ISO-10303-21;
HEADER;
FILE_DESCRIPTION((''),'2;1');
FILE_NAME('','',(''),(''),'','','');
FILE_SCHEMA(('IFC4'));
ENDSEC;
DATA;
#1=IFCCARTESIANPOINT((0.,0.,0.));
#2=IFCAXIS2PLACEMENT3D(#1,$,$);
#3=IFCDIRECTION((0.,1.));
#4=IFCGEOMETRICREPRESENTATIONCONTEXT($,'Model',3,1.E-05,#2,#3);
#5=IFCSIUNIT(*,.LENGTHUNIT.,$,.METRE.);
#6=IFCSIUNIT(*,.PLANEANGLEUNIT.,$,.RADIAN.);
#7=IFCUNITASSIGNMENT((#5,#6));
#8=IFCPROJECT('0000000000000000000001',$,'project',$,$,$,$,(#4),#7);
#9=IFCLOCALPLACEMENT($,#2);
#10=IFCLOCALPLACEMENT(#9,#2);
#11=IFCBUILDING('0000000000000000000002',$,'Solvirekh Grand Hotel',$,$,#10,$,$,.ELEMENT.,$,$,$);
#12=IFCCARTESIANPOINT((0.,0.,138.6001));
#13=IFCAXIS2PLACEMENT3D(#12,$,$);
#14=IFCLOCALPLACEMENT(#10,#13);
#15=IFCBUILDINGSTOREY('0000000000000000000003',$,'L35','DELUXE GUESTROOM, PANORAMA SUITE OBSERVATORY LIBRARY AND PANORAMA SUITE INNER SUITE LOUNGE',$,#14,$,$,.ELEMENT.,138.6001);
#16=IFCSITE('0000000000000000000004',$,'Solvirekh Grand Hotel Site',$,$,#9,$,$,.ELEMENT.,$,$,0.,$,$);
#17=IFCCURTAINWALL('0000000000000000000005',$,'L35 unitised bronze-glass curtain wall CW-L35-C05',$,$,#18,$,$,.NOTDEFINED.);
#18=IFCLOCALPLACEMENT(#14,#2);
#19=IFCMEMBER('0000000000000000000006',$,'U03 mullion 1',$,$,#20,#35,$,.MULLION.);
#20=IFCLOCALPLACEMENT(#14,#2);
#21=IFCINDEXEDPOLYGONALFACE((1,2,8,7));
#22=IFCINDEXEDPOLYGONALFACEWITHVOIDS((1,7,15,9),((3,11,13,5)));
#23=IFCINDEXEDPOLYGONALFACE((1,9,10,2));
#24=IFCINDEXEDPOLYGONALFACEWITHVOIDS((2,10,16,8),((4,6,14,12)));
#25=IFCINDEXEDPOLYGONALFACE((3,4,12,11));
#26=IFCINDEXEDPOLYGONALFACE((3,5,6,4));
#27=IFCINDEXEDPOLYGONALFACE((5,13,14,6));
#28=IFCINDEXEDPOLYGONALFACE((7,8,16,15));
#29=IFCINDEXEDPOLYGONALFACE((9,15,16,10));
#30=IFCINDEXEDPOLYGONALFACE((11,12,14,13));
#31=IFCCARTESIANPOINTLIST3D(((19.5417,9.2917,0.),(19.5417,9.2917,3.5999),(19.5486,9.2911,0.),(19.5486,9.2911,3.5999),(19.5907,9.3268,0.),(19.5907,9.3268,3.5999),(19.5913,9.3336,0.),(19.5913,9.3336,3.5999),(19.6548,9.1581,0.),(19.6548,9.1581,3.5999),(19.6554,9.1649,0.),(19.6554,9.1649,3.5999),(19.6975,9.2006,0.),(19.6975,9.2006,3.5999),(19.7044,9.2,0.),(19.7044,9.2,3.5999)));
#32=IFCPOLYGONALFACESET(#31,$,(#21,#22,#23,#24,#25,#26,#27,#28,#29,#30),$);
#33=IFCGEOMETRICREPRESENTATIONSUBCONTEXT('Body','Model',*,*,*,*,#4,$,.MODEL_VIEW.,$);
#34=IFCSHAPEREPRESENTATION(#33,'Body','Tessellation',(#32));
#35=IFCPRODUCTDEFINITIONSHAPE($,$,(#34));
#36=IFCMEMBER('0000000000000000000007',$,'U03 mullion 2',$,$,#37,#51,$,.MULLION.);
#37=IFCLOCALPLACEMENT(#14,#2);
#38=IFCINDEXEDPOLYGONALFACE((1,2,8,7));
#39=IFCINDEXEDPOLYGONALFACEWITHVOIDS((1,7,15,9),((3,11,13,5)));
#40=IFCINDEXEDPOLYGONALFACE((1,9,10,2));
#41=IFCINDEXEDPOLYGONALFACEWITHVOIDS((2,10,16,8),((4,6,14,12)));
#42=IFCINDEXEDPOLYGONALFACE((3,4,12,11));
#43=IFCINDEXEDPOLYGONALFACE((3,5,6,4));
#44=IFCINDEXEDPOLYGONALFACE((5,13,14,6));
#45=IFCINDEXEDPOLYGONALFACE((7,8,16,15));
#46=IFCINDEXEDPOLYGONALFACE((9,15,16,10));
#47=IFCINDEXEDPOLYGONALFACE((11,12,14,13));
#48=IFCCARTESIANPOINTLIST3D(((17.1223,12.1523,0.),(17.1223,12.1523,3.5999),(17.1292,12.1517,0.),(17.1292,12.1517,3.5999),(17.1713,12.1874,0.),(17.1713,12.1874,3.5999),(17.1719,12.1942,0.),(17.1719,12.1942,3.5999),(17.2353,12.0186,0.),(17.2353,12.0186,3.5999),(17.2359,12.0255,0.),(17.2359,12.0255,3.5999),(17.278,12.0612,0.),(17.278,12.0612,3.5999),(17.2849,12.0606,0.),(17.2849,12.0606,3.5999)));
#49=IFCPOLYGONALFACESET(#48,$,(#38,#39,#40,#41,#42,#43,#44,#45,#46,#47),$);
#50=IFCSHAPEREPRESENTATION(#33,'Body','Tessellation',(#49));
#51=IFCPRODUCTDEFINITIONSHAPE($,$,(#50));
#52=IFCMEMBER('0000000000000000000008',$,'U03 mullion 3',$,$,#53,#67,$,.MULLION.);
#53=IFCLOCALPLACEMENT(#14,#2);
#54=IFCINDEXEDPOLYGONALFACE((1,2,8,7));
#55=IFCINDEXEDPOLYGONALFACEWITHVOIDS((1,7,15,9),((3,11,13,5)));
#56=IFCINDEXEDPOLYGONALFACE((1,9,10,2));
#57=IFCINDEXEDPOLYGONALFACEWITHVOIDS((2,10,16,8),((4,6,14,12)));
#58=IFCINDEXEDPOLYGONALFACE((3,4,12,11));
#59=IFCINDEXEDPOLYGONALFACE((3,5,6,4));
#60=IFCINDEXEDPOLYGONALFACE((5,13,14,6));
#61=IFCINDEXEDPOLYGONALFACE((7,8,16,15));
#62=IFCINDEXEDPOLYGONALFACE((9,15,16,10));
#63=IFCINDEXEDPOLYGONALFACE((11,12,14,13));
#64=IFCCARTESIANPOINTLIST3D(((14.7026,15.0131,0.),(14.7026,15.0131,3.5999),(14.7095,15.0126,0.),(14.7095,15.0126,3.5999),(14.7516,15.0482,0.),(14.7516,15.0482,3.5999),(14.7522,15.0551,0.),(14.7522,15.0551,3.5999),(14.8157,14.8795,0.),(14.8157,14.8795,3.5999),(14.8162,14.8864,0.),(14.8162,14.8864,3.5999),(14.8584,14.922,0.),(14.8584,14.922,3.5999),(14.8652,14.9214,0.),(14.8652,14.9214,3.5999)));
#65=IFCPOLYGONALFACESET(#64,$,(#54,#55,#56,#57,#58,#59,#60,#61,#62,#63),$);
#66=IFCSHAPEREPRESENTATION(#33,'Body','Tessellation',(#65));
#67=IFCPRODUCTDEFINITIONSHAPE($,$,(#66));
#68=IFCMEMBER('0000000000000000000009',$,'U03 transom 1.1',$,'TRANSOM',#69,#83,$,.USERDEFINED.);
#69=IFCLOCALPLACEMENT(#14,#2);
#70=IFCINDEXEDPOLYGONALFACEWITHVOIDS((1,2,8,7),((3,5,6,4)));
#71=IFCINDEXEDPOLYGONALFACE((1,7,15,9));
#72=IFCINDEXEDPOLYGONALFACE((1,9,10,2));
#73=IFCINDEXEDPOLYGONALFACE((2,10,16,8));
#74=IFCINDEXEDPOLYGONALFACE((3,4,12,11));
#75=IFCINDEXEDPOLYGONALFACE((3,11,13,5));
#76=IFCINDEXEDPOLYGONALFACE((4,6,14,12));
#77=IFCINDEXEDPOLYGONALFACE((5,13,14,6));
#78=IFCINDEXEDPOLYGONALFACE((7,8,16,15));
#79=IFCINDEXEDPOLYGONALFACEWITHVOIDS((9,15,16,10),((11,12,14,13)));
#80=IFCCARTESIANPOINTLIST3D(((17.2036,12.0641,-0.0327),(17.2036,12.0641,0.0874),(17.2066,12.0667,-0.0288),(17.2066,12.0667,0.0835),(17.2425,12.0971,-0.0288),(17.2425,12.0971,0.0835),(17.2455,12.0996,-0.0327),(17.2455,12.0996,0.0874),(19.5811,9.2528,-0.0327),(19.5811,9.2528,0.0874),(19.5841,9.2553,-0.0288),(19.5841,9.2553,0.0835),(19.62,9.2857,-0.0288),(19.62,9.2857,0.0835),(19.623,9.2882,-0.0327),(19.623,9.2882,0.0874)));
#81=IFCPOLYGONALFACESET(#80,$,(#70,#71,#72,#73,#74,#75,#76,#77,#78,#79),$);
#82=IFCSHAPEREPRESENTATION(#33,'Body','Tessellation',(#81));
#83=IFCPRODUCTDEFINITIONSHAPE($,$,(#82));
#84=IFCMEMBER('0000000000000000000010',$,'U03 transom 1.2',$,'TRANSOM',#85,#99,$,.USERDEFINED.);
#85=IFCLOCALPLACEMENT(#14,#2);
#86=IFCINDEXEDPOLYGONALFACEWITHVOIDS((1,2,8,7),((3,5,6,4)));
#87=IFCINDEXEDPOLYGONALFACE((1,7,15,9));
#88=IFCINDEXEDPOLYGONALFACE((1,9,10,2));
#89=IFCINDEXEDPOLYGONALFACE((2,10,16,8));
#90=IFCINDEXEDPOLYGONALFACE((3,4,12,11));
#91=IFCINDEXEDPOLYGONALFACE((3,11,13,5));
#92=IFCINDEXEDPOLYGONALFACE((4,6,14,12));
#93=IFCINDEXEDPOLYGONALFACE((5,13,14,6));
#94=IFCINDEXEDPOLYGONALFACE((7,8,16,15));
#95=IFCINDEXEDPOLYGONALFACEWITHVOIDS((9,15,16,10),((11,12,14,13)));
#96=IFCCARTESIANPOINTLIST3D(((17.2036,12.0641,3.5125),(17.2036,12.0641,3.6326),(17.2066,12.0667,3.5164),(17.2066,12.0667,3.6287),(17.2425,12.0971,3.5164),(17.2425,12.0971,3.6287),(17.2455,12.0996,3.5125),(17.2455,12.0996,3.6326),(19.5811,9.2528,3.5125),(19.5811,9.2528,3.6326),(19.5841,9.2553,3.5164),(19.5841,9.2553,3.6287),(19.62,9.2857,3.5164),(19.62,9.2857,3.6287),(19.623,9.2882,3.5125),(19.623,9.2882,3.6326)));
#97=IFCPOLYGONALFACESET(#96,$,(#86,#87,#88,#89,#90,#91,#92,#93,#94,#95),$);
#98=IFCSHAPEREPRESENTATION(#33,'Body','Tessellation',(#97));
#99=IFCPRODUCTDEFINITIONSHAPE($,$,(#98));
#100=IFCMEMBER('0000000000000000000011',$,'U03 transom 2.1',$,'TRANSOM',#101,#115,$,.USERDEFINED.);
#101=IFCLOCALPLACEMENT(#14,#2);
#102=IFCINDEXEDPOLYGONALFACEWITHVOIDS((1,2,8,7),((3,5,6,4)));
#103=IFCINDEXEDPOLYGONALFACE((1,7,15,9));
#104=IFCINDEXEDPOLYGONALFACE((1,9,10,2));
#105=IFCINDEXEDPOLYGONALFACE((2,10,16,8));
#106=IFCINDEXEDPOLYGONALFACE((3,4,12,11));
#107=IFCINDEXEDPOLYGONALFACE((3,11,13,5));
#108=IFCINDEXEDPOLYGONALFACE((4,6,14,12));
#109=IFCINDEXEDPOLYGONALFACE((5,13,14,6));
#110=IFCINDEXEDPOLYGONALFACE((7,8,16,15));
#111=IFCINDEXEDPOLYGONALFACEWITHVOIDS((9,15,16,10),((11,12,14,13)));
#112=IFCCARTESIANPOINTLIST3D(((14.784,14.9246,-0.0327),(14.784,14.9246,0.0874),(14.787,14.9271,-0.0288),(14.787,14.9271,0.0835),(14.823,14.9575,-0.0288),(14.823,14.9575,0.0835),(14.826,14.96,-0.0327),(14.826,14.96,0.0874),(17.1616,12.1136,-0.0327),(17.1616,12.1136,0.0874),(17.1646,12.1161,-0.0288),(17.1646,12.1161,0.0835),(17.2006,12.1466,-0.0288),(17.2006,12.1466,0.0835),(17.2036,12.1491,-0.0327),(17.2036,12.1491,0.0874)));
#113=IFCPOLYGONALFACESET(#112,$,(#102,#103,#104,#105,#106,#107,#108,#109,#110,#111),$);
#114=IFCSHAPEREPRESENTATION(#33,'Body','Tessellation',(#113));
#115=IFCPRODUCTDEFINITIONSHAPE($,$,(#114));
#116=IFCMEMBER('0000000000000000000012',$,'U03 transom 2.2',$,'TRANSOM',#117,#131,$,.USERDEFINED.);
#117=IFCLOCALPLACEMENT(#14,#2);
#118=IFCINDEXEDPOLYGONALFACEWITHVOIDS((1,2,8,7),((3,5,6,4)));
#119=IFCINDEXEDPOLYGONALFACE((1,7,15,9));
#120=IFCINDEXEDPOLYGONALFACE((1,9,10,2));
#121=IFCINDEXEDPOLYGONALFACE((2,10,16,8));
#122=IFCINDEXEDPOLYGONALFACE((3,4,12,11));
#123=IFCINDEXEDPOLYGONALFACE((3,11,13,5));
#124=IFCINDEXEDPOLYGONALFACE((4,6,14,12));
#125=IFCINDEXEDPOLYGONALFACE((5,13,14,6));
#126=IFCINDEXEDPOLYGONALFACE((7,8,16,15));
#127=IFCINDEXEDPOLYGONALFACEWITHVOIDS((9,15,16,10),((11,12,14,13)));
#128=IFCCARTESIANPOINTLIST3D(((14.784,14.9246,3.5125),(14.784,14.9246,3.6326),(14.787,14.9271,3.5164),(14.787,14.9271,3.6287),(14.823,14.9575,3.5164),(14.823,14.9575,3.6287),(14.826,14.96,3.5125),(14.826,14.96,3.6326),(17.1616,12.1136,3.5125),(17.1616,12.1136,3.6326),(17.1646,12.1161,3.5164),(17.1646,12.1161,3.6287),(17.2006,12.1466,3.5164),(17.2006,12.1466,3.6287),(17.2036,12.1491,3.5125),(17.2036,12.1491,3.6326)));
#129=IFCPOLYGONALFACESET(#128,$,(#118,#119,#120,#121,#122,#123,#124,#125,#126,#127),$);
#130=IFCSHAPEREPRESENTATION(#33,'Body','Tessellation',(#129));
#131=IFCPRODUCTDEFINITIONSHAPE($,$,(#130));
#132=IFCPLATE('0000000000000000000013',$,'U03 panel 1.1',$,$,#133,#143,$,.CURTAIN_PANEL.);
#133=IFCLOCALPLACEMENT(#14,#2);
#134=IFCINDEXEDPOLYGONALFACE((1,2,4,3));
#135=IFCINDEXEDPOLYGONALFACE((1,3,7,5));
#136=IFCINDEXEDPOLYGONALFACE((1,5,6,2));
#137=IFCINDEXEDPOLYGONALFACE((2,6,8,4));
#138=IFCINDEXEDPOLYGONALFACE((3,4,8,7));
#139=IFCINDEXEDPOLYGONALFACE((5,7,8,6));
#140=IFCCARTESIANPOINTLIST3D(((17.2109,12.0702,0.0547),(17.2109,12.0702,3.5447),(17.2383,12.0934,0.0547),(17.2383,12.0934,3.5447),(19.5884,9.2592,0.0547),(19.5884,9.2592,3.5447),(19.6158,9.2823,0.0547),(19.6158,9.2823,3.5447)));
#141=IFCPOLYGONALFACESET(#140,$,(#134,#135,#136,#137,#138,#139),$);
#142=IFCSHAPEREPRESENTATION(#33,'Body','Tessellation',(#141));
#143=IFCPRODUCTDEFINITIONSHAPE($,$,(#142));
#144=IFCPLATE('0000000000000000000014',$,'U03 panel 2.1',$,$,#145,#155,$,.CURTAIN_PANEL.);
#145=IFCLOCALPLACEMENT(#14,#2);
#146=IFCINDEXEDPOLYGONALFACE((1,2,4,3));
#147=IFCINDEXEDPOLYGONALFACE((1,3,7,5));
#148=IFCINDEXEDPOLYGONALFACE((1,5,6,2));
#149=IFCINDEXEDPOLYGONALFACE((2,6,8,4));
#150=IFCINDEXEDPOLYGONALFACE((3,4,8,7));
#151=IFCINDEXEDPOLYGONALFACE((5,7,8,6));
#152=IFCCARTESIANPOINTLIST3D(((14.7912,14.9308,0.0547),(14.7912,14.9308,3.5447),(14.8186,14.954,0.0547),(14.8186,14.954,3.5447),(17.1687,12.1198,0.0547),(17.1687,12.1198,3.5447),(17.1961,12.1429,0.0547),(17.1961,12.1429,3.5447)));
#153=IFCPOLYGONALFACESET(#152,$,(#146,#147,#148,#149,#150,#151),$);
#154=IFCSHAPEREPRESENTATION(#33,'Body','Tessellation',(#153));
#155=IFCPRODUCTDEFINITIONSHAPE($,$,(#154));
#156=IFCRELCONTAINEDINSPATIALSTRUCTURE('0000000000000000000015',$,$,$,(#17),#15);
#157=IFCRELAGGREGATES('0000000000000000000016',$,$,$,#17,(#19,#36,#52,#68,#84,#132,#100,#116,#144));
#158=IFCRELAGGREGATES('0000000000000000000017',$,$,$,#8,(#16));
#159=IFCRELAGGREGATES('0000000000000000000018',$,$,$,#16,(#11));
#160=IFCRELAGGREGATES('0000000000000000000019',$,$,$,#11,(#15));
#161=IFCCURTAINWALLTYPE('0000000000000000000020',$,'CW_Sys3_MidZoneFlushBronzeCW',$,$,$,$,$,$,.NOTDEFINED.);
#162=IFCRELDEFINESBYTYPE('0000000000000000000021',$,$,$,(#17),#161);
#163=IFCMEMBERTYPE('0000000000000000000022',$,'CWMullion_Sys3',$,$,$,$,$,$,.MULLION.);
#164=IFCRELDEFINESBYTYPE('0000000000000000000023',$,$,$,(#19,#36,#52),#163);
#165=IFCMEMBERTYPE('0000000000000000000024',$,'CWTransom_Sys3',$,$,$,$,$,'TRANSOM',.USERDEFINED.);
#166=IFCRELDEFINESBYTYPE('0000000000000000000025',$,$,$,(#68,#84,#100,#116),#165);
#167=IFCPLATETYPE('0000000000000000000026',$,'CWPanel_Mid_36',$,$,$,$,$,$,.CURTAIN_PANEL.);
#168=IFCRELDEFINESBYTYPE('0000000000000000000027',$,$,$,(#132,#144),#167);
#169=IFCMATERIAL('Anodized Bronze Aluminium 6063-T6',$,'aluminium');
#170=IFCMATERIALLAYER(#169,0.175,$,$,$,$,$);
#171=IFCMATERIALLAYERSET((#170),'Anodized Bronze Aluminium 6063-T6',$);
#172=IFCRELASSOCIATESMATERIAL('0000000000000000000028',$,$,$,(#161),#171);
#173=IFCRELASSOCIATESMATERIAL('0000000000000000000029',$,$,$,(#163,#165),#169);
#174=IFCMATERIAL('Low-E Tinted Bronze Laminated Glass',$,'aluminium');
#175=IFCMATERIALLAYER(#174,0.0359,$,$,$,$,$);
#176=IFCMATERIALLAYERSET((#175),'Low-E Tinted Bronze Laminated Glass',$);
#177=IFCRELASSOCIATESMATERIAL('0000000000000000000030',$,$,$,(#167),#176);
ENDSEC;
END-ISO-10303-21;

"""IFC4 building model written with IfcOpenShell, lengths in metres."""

from ifc_helpers import new_model, si_unit, direction, frame, origin, origin_2d, place, context, subcontext, project, spatial, rectangle, hollow_rectangle, extrude, source, transform, mapped, material, layer, layer_set, material_profile, profile_set, type_object, element, aggregate, save


model = new_model("IFC4")

# Units and contexts
model_context = context("Model", 3, precision=1e-05, world=origin(), true_north=direction((0.0, 1.0)))
body_context = subcontext(model_context, "Body", "Model", "MODEL_VIEW")
ifc_project = project(units=[si_unit("LENGTHUNIT", "METRE"), si_unit("PLANEANGLEUNIT", "RADIAN")], contexts=[model_context])

# Site, building, storey
site_placement = place(None, origin())
site = spatial("IfcSite", under=ifc_project, at=site_placement, Name="Solvirekh Grand Hotel Site", CompositionType="ELEMENT", RefElevation=0.0)
building_placement = place(site_placement, origin())
building = spatial("IfcBuilding", under=site, at=building_placement, Name="Solvirekh Grand Hotel", CompositionType="ELEMENT")
storey_placement = place(building_placement, frame((0.0, 0.0, 138.6001)))
storey = spatial("IfcBuildingStorey", under=building, at=storey_placement, Name="L35", Description="DELUXE GUESTROOM, PANORAMA SUITE OBSERVATORY LIBRARY AND PANORAMA SUITE INNER SUITE LOUNGE", CompositionType="ELEMENT", Elevation=138.6001)

# Curtain wall, members, plates
ifc_material_1 = material(Name="Anodized Bronze Aluminium 6063-T6", Category="aluminium")
ifc_layer_1 = layer(ifc_material_1, 0.175)
ifc_layer_set_1 = layer_set([ifc_layer_1], Name="Anodized Bronze Aluminium 6063-T6")
curtain_wall_type = type_object("IfcCurtainWallType", Name="CW_Sys3_MidZoneFlushBronzeCW", PredefinedType="NOTDEFINED", material=ifc_layer_set_1)
curtain_wall_placement = place(storey_placement, origin())
curtain_wall = element("IfcCurtainWall", 1, at=curtain_wall_placement, inside=storey, type_object=curtain_wall_type, Name="L35 unitised bronze-glass curtain wall CW-L35-C05", PredefinedType="NOTDEFINED")
ifc_material_profile_1 = material_profile(ifc_material_1, hollow_rectangle(XDim=0.0649, YDim=0.175, WallThickness=0.0049, at=origin_2d()), Name="ALU RHS 175X65X5")
ifc_profile_set_1 = profile_set([ifc_material_profile_1], Name="Anodized Bronze Aluminium 6063-T6")
member_type_1 = type_object("IfcMemberType", Name="CWMullion_Sys3", PredefinedType="MULLION", material=ifc_profile_set_1)
shared_shape_1 = source(origin(), body_context, "Body", "SweptSolid", [
    extrude(hollow_rectangle(XDim=0.0649, YDim=0.175, WallThickness=0.0049, at=origin_2d()), origin(), (0.0, 0.0, 1.0), 3.5999),
])
member_1_placement = place(storey_placement, frame((19.623, 9.2458, 0.0), z_axis=(0.0, 0.0, 1.0), x_axis=(-0.763527, -0.645776, 0.0)))
member_1 = element("IfcMember", 2, at=member_1_placement, type_object=member_type_1, Name="U03 mullion 1", PredefinedType="MULLION", context=body_context, shape_type="MappedRepresentation", body=[
    mapped(shared_shape_1, transform((0.0, 0.0, 0.0), x_axis=(1.0, 0.0, 0.0), y_axis=(0.0, 1.0, 0.0), z_axis=(0.0, 0.0, 1.0), scale=1.0)),
])
member_2_placement = place(storey_placement, frame((17.2036, 12.1064, 0.0), z_axis=(0.0, 0.0, 1.0), x_axis=(-0.763527, -0.645776, 0.0)))
member_2 = element("IfcMember", 3, at=member_2_placement, type_object=member_type_1, Name="U03 mullion 2", PredefinedType="MULLION", context=body_context, shape_type="MappedRepresentation", body=[
    mapped(shared_shape_1, transform((0.0, 0.0, 0.0), x_axis=(1.0, 0.0, 0.0), y_axis=(0.0, 1.0, 0.0), z_axis=(0.0, 0.0, 1.0), scale=1.0)),
])
member_3_placement = place(storey_placement, frame((14.7839, 14.9673, 0.0), z_axis=(0.0, 0.0, 1.0), x_axis=(-0.763527, -0.645776, 0.0)))
member_3 = element("IfcMember", 4, at=member_3_placement, type_object=member_type_1, Name="U03 mullion 3", PredefinedType="MULLION", context=body_context, shape_type="MappedRepresentation", body=[
    mapped(shared_shape_1, transform((0.0, 0.0, 0.0), x_axis=(1.0, 0.0, 0.0), y_axis=(0.0, 1.0, 0.0), z_axis=(0.0, 0.0, 1.0), scale=1.0)),
])
ifc_material_profile_2 = material_profile(ifc_material_1, hollow_rectangle(XDim=0.0549, YDim=0.1201, WallThickness=0.0039, at=origin_2d()), Name="ALU RHS 120X55X4")
ifc_profile_set_2 = profile_set([ifc_material_profile_2], Name="Anodized Bronze Aluminium 6063-T6")
member_type_2 = type_object("IfcMemberType", Name="CWTransom_Sys3", ElementType="TRANSOM", PredefinedType="USERDEFINED", material=ifc_profile_set_2)
shared_shape_2 = source(origin(), body_context, "Body", "SweptSolid", [
    extrude(hollow_rectangle(XDim=0.0549, YDim=0.1201, WallThickness=0.0039, at=origin_2d()), origin(), (0.0, 0.0, 1.0), 3.6819),
])
member_4_placement = place(storey_placement, frame((19.6021, 9.2705, 0.0273), z_axis=(-0.645731, 0.763565, 0.0), x_axis=(-0.763565, -0.645731, 0.0)))
member_4 = element("IfcMember", 5, at=member_4_placement, type_object=member_type_2, Name="U03 transom 1.1", ObjectType="TRANSOM", PredefinedType="USERDEFINED", context=body_context, shape_type="MappedRepresentation", body=[
    mapped(shared_shape_2, transform((0.0, 0.0, 0.0), x_axis=(1.0, 0.0, 0.0), y_axis=(0.0, 1.0, 0.0), z_axis=(0.0, 0.0, 1.0), scale=1.0)),
])
member_5_placement = place(storey_placement, frame((19.6021, 9.2705, 3.5725), z_axis=(-0.645731, 0.763565, 0.0), x_axis=(-0.763565, -0.645731, 0.0)))
member_5 = element("IfcMember", 6, at=member_5_placement, type_object=member_type_2, Name="U03 transom 1.2", ObjectType="TRANSOM", PredefinedType="USERDEFINED", context=body_context, shape_type="MappedRepresentation", body=[
    mapped(shared_shape_2, transform((0.0, 0.0, 0.0), x_axis=(1.0, 0.0, 0.0), y_axis=(0.0, 1.0, 0.0), z_axis=(0.0, 0.0, 1.0), scale=1.0)),
])
shared_shape_3 = source(origin(), body_context, "Body", "SweptSolid", [
    extrude(hollow_rectangle(XDim=0.0549, YDim=0.1201, WallThickness=0.0039, at=origin_2d()), origin(), (0.0, 0.0, 1.0), 3.6816),
])
member_6_placement = place(storey_placement, frame((17.1826, 12.1313, 0.0273), z_axis=(-0.645803, 0.763504, 0.0), x_axis=(-0.763504, -0.645803, 0.0)))
member_6 = element("IfcMember", 7, at=member_6_placement, type_object=member_type_2, Name="U03 transom 2.1", ObjectType="TRANSOM", PredefinedType="USERDEFINED", context=body_context, shape_type="MappedRepresentation", body=[
    mapped(shared_shape_3, transform((0.0, 0.0, 0.0), x_axis=(1.0, 0.0, 0.0), y_axis=(0.0, 1.0, 0.0), z_axis=(0.0, 0.0, 1.0), scale=1.0)),
])
member_7_placement = place(storey_placement, frame((17.1826, 12.1313, 3.5725), z_axis=(-0.645803, 0.763504, 0.0), x_axis=(-0.763504, -0.645803, 0.0)))
member_7 = element("IfcMember", 8, at=member_7_placement, type_object=member_type_2, Name="U03 transom 2.2", ObjectType="TRANSOM", PredefinedType="USERDEFINED", context=body_context, shape_type="MappedRepresentation", body=[
    mapped(shared_shape_3, transform((0.0, 0.0, 0.0), x_axis=(1.0, 0.0, 0.0), y_axis=(0.0, 1.0, 0.0), z_axis=(0.0, 0.0, 1.0), scale=1.0)),
])
ifc_material_2 = material(Name="Low-E Tinted Bronze Laminated Glass", Category="aluminium")
ifc_layer_2 = layer(ifc_material_2, 0.0359)
ifc_layer_set_2 = layer_set([ifc_layer_2], Name="Low-E Tinted Bronze Laminated Glass")
plate_type = type_object("IfcPlateType", Name="CWPanel_Mid_36", PredefinedType="CURTAIN_PANEL", material=ifc_layer_set_2)
shared_shape_4 = source(origin(), body_context, "Body", "SweptSolid", [
    extrude(rectangle(XDim=3.6816, YDim=0.0359, at=origin_2d()), origin(), (0.0, 0.0, 1.0), 3.49),
])
plate_1_placement = place(storey_placement, frame((18.4133, 10.6763, 0.0547), z_axis=(0.0, 0.0, 1.0), x_axis=(-0.645776, 0.763527, 0.0)))
plate_1 = element("IfcPlate", 9, at=plate_1_placement, type_object=plate_type, Name="U03 panel 1.1", PredefinedType="CURTAIN_PANEL", context=body_context, shape_type="MappedRepresentation", body=[
    mapped(shared_shape_4, transform((0.0, 0.0, 0.0), x_axis=(1.0, 0.0, 0.0), y_axis=(0.0, 1.0, 0.0), z_axis=(0.0, 0.0, 1.0), scale=1.0)),
])
plate_2_placement = place(storey_placement, frame((15.9937, 13.5369, 0.0547), z_axis=(0.0, 0.0, 1.0), x_axis=(-0.645776, 0.763527, 0.0)))
plate_2 = element("IfcPlate", 10, at=plate_2_placement, type_object=plate_type, Name="U03 panel 2.1", PredefinedType="CURTAIN_PANEL", context=body_context, shape_type="MappedRepresentation", body=[
    mapped(shared_shape_4, transform((0.0, 0.0, 0.0), x_axis=(1.0, 0.0, 0.0), y_axis=(0.0, 1.0, 0.0), z_axis=(0.0, 0.0, 1.0), scale=1.0)),
])
aggregate(curtain_wall, [member_1, member_2, member_3, member_4, member_5, plate_1, member_6, member_7, plate_2])

save(model, "model.ifc")
